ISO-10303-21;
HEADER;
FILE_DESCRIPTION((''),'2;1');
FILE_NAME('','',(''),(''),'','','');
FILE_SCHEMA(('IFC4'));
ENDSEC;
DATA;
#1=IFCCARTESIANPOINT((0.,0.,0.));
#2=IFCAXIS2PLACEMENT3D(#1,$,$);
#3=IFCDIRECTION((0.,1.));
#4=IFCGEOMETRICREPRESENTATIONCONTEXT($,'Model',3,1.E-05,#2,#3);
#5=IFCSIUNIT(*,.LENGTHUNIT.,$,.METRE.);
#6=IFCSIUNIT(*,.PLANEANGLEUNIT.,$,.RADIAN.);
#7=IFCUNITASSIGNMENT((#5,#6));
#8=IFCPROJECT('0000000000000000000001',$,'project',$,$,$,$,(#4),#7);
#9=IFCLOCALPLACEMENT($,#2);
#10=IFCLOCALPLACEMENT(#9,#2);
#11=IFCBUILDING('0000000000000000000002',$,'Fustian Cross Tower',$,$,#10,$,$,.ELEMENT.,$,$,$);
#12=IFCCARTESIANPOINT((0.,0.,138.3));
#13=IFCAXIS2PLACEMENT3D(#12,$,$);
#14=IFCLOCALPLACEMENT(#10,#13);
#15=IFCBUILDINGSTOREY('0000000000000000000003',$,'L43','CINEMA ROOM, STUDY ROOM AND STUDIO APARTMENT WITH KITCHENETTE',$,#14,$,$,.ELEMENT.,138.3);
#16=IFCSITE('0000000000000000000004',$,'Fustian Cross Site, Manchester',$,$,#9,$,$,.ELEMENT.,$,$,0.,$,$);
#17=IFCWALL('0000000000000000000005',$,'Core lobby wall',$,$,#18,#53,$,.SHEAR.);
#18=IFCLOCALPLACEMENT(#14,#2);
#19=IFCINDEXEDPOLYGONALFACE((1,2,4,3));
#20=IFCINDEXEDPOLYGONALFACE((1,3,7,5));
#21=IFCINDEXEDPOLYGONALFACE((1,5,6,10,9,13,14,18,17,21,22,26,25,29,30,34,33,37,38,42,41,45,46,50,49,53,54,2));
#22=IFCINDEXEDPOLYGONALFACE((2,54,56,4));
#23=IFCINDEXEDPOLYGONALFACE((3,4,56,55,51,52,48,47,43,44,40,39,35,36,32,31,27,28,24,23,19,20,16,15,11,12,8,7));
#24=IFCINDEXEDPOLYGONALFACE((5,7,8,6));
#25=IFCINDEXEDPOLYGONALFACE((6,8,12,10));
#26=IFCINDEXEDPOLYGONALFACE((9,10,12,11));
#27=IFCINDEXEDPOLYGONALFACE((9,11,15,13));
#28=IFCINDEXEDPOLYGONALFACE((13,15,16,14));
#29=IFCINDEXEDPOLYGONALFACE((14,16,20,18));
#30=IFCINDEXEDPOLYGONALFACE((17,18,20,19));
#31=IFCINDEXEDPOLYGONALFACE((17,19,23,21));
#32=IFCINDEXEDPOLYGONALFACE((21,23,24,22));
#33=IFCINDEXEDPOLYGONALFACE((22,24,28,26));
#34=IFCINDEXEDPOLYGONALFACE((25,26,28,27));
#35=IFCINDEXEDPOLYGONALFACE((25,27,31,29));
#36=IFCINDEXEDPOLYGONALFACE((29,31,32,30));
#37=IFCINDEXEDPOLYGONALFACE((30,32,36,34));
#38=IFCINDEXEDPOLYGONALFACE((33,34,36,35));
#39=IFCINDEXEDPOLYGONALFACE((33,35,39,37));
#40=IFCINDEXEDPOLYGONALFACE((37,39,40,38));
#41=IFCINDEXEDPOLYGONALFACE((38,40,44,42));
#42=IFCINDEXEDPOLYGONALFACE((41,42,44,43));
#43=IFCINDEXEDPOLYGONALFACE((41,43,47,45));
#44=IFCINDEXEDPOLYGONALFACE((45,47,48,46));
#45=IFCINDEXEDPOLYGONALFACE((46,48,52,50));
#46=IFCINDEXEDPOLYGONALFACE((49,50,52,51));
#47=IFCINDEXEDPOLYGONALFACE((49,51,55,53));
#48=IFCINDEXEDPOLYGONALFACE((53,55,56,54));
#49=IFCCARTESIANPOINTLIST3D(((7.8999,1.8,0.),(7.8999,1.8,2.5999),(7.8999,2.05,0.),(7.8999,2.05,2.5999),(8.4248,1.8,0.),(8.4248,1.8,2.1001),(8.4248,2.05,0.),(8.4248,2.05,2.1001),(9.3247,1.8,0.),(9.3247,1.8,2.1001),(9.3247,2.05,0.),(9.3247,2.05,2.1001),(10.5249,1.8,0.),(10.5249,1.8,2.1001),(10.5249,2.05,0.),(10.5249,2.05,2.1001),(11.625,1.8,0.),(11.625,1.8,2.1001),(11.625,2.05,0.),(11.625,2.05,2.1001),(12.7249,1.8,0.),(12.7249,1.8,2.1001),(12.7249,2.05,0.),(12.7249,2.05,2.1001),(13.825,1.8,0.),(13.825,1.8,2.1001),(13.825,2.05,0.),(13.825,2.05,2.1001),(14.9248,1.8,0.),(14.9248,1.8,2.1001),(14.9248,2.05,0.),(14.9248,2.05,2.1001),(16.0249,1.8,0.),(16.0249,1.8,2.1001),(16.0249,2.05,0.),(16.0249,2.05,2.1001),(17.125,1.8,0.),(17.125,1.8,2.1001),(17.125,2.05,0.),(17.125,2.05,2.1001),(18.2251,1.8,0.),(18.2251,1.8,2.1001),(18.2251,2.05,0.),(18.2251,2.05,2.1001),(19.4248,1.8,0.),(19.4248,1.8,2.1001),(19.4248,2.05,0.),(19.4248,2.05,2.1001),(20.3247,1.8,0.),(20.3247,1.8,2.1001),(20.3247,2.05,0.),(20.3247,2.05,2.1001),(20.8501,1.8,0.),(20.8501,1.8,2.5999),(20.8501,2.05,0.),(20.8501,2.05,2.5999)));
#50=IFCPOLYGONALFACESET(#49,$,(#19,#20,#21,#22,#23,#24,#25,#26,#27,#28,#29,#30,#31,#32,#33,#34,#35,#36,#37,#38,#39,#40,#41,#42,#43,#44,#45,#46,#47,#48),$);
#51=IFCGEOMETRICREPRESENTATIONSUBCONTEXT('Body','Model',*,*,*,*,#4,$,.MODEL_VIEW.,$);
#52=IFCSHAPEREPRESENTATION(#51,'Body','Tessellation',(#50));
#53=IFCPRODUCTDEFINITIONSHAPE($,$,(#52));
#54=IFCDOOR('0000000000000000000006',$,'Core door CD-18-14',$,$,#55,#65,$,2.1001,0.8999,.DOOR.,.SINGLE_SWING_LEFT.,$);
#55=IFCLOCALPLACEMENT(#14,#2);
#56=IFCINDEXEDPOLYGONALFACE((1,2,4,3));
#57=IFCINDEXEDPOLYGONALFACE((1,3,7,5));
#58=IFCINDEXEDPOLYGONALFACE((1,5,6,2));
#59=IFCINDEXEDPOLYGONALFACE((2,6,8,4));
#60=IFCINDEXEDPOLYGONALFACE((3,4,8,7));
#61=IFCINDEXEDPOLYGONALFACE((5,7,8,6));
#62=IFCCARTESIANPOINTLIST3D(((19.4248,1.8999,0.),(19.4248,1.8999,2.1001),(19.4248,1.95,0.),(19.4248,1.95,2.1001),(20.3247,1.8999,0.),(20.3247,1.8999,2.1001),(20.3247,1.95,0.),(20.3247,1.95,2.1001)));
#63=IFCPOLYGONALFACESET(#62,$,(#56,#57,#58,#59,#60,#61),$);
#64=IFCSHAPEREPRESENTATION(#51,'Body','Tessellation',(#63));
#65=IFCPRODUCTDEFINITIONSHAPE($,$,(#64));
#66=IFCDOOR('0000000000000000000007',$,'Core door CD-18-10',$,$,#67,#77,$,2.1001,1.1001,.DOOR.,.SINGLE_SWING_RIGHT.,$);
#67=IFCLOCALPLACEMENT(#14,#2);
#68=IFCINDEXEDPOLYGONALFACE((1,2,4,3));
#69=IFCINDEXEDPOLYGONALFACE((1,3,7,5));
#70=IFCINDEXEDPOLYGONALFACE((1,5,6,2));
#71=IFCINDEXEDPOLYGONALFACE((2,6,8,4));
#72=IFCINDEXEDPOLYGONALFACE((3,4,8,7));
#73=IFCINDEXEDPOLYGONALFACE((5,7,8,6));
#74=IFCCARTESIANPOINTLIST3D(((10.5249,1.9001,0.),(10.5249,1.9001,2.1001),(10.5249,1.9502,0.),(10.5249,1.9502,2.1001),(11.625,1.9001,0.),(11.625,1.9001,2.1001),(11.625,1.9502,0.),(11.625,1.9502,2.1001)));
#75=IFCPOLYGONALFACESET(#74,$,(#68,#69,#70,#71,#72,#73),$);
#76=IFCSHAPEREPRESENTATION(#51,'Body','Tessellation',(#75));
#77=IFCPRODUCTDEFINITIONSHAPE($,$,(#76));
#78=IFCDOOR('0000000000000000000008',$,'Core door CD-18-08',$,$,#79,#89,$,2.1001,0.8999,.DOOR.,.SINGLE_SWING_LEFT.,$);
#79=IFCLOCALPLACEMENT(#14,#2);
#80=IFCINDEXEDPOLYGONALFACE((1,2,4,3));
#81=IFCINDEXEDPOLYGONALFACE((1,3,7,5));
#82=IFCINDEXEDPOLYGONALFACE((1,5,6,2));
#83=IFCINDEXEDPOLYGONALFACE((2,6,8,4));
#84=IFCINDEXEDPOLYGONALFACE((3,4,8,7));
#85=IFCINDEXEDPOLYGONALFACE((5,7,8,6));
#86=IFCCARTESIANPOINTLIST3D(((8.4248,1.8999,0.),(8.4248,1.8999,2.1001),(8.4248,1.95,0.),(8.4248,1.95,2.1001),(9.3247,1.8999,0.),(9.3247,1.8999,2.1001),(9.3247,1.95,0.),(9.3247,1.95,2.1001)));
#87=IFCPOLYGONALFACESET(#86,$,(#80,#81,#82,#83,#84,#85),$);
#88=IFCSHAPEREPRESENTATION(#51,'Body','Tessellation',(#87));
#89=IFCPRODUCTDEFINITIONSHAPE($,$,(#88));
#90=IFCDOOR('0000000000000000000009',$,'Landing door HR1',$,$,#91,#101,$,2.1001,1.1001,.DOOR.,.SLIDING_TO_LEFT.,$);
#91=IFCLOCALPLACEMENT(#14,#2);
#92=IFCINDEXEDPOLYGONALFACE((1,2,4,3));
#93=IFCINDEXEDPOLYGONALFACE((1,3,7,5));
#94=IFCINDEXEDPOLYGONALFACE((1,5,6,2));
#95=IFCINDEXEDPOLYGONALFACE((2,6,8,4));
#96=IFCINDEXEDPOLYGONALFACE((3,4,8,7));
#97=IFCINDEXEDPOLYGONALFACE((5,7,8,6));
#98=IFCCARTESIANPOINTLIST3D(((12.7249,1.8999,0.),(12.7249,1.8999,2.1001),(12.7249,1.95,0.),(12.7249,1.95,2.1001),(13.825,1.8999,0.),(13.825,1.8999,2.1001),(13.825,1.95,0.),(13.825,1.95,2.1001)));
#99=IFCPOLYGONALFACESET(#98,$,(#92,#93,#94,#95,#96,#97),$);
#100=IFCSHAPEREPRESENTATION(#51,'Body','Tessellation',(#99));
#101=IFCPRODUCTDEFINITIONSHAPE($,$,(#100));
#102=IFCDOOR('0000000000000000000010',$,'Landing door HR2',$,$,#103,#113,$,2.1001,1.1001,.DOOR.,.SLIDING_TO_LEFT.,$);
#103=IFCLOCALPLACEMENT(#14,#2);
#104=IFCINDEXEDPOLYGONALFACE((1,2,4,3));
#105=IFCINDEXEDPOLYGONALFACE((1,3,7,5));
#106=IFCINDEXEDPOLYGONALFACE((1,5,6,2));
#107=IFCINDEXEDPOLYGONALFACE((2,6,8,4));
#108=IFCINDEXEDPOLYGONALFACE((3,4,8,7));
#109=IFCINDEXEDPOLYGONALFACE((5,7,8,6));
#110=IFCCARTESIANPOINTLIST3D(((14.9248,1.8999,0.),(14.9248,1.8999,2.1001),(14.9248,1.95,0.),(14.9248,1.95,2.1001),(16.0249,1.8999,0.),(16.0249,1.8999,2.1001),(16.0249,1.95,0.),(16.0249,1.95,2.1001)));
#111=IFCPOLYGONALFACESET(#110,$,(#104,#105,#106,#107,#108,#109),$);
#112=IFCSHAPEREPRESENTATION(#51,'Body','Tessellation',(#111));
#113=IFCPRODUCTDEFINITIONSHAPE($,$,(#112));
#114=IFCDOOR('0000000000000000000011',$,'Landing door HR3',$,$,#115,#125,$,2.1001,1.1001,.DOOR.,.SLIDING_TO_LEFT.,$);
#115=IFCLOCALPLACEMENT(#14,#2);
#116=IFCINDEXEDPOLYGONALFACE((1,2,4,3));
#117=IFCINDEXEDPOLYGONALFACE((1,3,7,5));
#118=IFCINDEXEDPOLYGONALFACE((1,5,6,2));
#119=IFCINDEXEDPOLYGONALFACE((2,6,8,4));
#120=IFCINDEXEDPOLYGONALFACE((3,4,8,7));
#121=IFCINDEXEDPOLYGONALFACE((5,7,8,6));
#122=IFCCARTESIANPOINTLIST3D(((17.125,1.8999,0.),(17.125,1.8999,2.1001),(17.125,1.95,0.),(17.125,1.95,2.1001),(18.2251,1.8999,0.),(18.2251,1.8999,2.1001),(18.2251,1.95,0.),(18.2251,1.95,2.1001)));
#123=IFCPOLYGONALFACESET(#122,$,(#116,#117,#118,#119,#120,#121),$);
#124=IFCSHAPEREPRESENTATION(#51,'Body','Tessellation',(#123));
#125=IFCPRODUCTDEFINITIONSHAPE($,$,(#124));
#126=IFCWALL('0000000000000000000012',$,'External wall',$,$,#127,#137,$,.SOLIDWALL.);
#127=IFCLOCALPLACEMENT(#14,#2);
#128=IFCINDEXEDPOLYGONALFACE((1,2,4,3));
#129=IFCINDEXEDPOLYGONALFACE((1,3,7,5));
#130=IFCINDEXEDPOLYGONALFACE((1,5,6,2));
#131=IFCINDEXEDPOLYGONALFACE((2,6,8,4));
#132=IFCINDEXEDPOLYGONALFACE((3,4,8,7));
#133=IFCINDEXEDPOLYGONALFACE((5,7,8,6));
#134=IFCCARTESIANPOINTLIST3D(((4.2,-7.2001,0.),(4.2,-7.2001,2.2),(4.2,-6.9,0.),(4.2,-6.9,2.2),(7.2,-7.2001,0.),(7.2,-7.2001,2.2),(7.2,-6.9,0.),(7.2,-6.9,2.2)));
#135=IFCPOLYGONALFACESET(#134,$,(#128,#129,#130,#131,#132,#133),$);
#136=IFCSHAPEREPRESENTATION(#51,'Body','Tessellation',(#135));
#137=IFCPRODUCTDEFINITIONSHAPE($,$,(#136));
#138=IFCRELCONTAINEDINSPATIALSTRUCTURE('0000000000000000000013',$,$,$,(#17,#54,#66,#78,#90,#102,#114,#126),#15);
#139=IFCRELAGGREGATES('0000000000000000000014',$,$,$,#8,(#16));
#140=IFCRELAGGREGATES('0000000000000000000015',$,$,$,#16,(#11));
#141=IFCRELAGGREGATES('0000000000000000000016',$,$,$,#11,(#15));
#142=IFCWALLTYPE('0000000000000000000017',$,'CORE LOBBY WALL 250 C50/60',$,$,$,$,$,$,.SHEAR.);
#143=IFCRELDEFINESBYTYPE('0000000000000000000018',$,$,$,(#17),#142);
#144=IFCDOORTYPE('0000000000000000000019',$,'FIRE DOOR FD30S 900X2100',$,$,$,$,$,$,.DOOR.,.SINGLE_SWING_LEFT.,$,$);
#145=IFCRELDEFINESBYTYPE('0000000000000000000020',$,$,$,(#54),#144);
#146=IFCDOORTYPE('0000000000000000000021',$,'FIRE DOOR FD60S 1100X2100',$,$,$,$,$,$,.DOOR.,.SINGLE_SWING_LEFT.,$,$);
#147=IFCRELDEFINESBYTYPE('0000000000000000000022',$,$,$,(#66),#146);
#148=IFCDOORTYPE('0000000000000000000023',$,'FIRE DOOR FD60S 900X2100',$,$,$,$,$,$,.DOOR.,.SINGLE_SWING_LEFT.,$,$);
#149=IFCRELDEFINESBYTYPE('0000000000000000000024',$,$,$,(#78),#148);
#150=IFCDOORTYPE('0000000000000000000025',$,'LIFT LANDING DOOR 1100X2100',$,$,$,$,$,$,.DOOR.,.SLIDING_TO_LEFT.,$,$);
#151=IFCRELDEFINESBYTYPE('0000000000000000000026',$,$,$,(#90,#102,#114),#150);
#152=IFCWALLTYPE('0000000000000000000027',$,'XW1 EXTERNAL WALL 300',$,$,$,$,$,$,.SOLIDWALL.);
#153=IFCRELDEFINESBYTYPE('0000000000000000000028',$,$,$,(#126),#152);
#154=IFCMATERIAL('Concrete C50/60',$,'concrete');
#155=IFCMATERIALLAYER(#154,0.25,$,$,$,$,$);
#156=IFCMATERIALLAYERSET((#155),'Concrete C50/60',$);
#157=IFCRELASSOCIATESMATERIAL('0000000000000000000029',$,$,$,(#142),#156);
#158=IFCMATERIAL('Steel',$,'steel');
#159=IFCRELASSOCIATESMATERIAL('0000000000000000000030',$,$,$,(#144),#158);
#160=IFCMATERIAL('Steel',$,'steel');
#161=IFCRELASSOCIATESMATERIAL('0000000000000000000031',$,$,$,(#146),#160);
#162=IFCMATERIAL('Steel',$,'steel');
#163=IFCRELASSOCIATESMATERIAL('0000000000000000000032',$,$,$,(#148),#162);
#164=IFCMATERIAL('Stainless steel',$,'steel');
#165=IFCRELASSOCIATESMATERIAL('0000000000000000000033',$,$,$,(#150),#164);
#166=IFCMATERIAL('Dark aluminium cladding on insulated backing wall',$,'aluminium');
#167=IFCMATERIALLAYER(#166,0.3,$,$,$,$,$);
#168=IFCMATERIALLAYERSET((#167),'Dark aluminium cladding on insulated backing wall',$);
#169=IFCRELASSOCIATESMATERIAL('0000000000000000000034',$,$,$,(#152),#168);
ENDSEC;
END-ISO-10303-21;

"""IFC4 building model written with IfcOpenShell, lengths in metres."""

from ifc_helpers import new_model, si_unit, direction, frame, frame_2d, origin, place, context, subcontext, project, spatial, rectangle, extrude, material, layer, layer_set, type_object, element, fill, save


model = new_model("IFC4")

# Units and contexts
model_context = context("Model", 3, precision=1e-05, world=origin(), true_north=direction((0.0, 1.0)))
body_context = subcontext(model_context, "Body", "Model", "MODEL_VIEW")
ifc_project = project(units=[si_unit("LENGTHUNIT", "METRE"), si_unit("PLANEANGLEUNIT", "RADIAN")], contexts=[model_context])

# Site, building, storey
site_placement = place(None, origin())
site = spatial("IfcSite", under=ifc_project, at=site_placement, Name="Fustian Cross Site, Manchester", CompositionType="ELEMENT", RefElevation=0.0)
building_placement = place(site_placement, origin())
building = spatial("IfcBuilding", under=site, at=building_placement, Name="Fustian Cross Tower", CompositionType="ELEMENT")
storey_placement = place(building_placement, frame((0.0, 0.0, 138.3)))
storey = spatial("IfcBuildingStorey", under=building, at=storey_placement, Name="L43", Description="CINEMA ROOM, STUDY ROOM AND STUDIO APARTMENT WITH KITCHENETTE", CompositionType="ELEMENT", Elevation=138.3)

# Wall, openings, doors
ifc_material_1 = material(Name="Concrete C50/60", Category="concrete")
ifc_layer_1 = layer(ifc_material_1, 0.25)
ifc_layer_set_1 = layer_set([ifc_layer_1], Name="Concrete C50/60")
wall_type_1 = type_object("IfcWallType", Name="CORE LOBBY WALL 250 C50/60", PredefinedType="SHEAR", material=ifc_layer_set_1)
wall_1_placement = place(storey_placement, frame((7.8999, 1.925, 0.0), z_axis=(0.0, 0.0, 1.0), x_axis=(1.0, 0.0, 0.0)))
wall_1 = element("IfcWall", 1, at=wall_1_placement, inside=storey, type_object=wall_type_1, Name="Core lobby wall", PredefinedType="SHEAR", context=body_context, shape_type="SweptSolid", body=[
    extrude(rectangle(XDim=12.9502, YDim=0.25, at=frame_2d((6.4751, 0.0))), origin(), (0.0, 0.0, 1.0), 2.5999),
])
opening_1_placement = place(wall_1_placement, frame((4.825, 0.0, 0.0)))
opening_1 = element("IfcOpeningElement", 2, at=opening_1_placement, cuts=wall_1, PredefinedType="OPENING", context=body_context, shape_type="SweptSolid", body=[
    extrude(rectangle(XDim=1.1001, YDim=2.1001, at=frame_2d((0.55, 1.05))), frame((0.0, 0.135, 0.0), z_axis=(0.0, -1.0, 0.0), x_axis=(1.0, 0.0, 0.0)), (0.0, 0.0, 1.0), 0.27),
])
opening_2_placement = place(wall_1_placement, frame((7.0249, 0.0, 0.0)))
opening_2 = element("IfcOpeningElement", 3, at=opening_2_placement, cuts=wall_1, PredefinedType="OPENING", context=body_context, shape_type="SweptSolid", body=[
    extrude(rectangle(XDim=1.1001, YDim=2.1001, at=frame_2d((0.55, 1.05))), frame((0.0, 0.135, 0.0), z_axis=(0.0, -1.0, 0.0), x_axis=(1.0, 0.0, 0.0)), (0.0, 0.0, 1.0), 0.27),
])
opening_3_placement = place(wall_1_placement, frame((9.2251, 0.0, 0.0)))
opening_3 = element("IfcOpeningElement", 4, at=opening_3_placement, cuts=wall_1, PredefinedType="OPENING", context=body_context, shape_type="SweptSolid", body=[
    extrude(rectangle(XDim=1.1001, YDim=2.1001, at=frame_2d((0.55, 1.05))), frame((0.0, 0.135, 0.0), z_axis=(0.0, -1.0, 0.0), x_axis=(1.0, 0.0, 0.0)), (0.0, 0.0, 1.0), 0.27),
])
opening_4_placement = place(wall_1_placement, frame((0.5249, 0.0, 0.0)))
opening_4 = element("IfcOpeningElement", 5, at=opening_4_placement, cuts=wall_1, PredefinedType="OPENING", context=body_context, shape_type="SweptSolid", body=[
    extrude(rectangle(XDim=0.8999, YDim=2.1001, at=frame_2d((0.45, 1.05))), frame((0.0, 0.135, 0.0), z_axis=(0.0, -1.0, 0.0), x_axis=(1.0, 0.0, 0.0)), (0.0, 0.0, 1.0), 0.27),
])
opening_5_placement = place(wall_1_placement, frame((2.625, 0.0, 0.0)))
opening_5 = element("IfcOpeningElement", 6, at=opening_5_placement, cuts=wall_1, PredefinedType="OPENING", context=body_context, shape_type="SweptSolid", body=[
    extrude(rectangle(XDim=1.1001, YDim=2.1001, at=frame_2d((0.55, 1.05))), frame((0.0, 0.135, 0.0), z_axis=(0.0, -1.0, 0.0), x_axis=(1.0, 0.0, 0.0)), (0.0, 0.0, 1.0), 0.27),
])
opening_6_placement = place(wall_1_placement, frame((11.5249, 0.0, 0.0)))
opening_6 = element("IfcOpeningElement", 7, at=opening_6_placement, cuts=wall_1, PredefinedType="OPENING", context=body_context, shape_type="SweptSolid", body=[
    extrude(rectangle(XDim=0.8999, YDim=2.1001, at=frame_2d((0.45, 1.05))), frame((0.0, 0.135, 0.0), z_axis=(0.0, -1.0, 0.0), x_axis=(1.0, 0.0, 0.0)), (0.0, 0.0, 1.0), 0.27),
])
ifc_material_2 = material(Name="Steel", Category="steel")
door_type_1 = type_object("IfcDoorType", Name="FIRE DOOR FD30S 900X2100", OperationType="SINGLE_SWING_LEFT", PredefinedType="DOOR", material=ifc_material_2)
door_1_placement = place(opening_6_placement, origin())
door_1 = element("IfcDoor", 8, at=door_1_placement, inside=storey, type_object=door_type_1, Name="Core door CD-18-14", OperationType="SINGLE_SWING_LEFT", OverallHeight=2.1001, OverallWidth=0.8999, PredefinedType="DOOR", context=body_context, shape_type="SweptSolid", body=[
    extrude(rectangle(XDim=0.8999, YDim=2.1001, at=frame_2d((0.45, 1.05))), frame((0.0, 0.0249, 0.0), z_axis=(0.0, -1.0, 0.0), x_axis=(1.0, 0.0, 0.0)), (0.0, 0.0, 1.0), 0.05),
])
fill(opening_6, door_1)
ifc_material_3 = material(Name="Steel", Category="steel")
door_type_2 = type_object("IfcDoorType", Name="FIRE DOOR FD60S 1100X2100", OperationType="SINGLE_SWING_LEFT", PredefinedType="DOOR", material=ifc_material_3)
door_2_placement = place(opening_5_placement, frame((1.1001, 0.0, 0.0), z_axis=(0.0, 0.0, 1.0), x_axis=(-1.0, 0.0, 0.0)))
door_2 = element("IfcDoor", 9, at=door_2_placement, inside=storey, type_object=door_type_2, Name="Core door CD-18-10", OperationType="SINGLE_SWING_RIGHT", OverallHeight=2.1001, OverallWidth=1.1001, PredefinedType="DOOR", context=body_context, shape_type="SweptSolid", body=[
    extrude(rectangle(XDim=1.1001, YDim=2.1001, at=frame_2d((0.55, 1.05))), frame((0.0, 0.0249, 0.0), z_axis=(0.0, -1.0, 0.0), x_axis=(1.0, 0.0, 0.0)), (0.0, 0.0, 1.0), 0.05),
])
fill(opening_5, door_2)
ifc_material_4 = material(Name="Steel", Category="steel")
door_type_3 = type_object("IfcDoorType", Name="FIRE DOOR FD60S 900X2100", OperationType="SINGLE_SWING_LEFT", PredefinedType="DOOR", material=ifc_material_4)
door_3_placement = place(opening_4_placement, origin())
door_3 = element("IfcDoor", 10, at=door_3_placement, inside=storey, type_object=door_type_3, Name="Core door CD-18-08", OperationType="SINGLE_SWING_LEFT", OverallHeight=2.1001, OverallWidth=0.8999, PredefinedType="DOOR", context=body_context, shape_type="SweptSolid", body=[
    extrude(rectangle(XDim=0.8999, YDim=2.1001, at=frame_2d((0.45, 1.05))), frame((0.0, 0.0249, 0.0), z_axis=(0.0, -1.0, 0.0), x_axis=(1.0, 0.0, 0.0)), (0.0, 0.0, 1.0), 0.05),
])
fill(opening_4, door_3)
ifc_material_5 = material(Name="Stainless steel", Category="steel")
door_type_4 = type_object("IfcDoorType", Name="LIFT LANDING DOOR 1100X2100", OperationType="SLIDING_TO_LEFT", PredefinedType="DOOR", material=ifc_material_5)
door_4_placement = place(opening_1_placement, origin())
door_4 = element("IfcDoor", 11, at=door_4_placement, inside=storey, type_object=door_type_4, Name="Landing door HR1", OperationType="SLIDING_TO_LEFT", OverallHeight=2.1001, OverallWidth=1.1001, PredefinedType="DOOR", context=body_context, shape_type="SweptSolid", body=[
    extrude(rectangle(XDim=1.1001, YDim=2.1001, at=frame_2d((0.55, 1.05))), frame((0.0, 0.0249, 0.0), z_axis=(0.0, -1.0, 0.0), x_axis=(1.0, 0.0, 0.0)), (0.0, 0.0, 1.0), 0.05),
])
fill(opening_1, door_4)
door_5_placement = place(opening_2_placement, origin())
door_5 = element("IfcDoor", 12, at=door_5_placement, inside=storey, type_object=door_type_4, Name="Landing door HR2", OperationType="SLIDING_TO_LEFT", OverallHeight=2.1001, OverallWidth=1.1001, PredefinedType="DOOR", context=body_context, shape_type="SweptSolid", body=[
    extrude(rectangle(XDim=1.1001, YDim=2.1001, at=frame_2d((0.55, 1.05))), frame((0.0, 0.0249, 0.0), z_axis=(0.0, -1.0, 0.0), x_axis=(1.0, 0.0, 0.0)), (0.0, 0.0, 1.0), 0.05),
])
fill(opening_2, door_5)
door_6_placement = place(opening_3_placement, origin())
door_6 = element("IfcDoor", 13, at=door_6_placement, inside=storey, type_object=door_type_4, Name="Landing door HR3", OperationType="SLIDING_TO_LEFT", OverallHeight=2.1001, OverallWidth=1.1001, PredefinedType="DOOR", context=body_context, shape_type="SweptSolid", body=[
    extrude(rectangle(XDim=1.1001, YDim=2.1001, at=frame_2d((0.55, 1.05))), frame((0.0, 0.0249, 0.0), z_axis=(0.0, -1.0, 0.0), x_axis=(1.0, 0.0, 0.0)), (0.0, 0.0, 1.0), 0.05),
])
fill(opening_3, door_6)

# Wall
ifc_material_6 = material(Name="Dark aluminium cladding on insulated backing wall", Category="aluminium")
ifc_layer_2 = layer(ifc_material_6, 0.3)
ifc_layer_set_2 = layer_set([ifc_layer_2], Name="Dark aluminium cladding on insulated backing wall")
wall_type_2 = type_object("IfcWallType", Name="XW1 EXTERNAL WALL 300", PredefinedType="SOLIDWALL", material=ifc_layer_set_2)
wall_2_placement = place(storey_placement, frame((4.2, -7.05, 0.0), z_axis=(0.0, 0.0, 1.0), x_axis=(1.0, 0.0, 0.0)))
element("IfcWall", 14, at=wall_2_placement, inside=storey, type_object=wall_type_2, Name="External wall", PredefinedType="SOLIDWALL", context=body_context, shape_type="SweptSolid", body=[
    extrude(rectangle(XDim=3.0, YDim=0.3, at=frame_2d((1.5, 0.0))), origin(), (0.0, 0.0, 1.0), 2.2),
])

save(model, "model.ifc")
